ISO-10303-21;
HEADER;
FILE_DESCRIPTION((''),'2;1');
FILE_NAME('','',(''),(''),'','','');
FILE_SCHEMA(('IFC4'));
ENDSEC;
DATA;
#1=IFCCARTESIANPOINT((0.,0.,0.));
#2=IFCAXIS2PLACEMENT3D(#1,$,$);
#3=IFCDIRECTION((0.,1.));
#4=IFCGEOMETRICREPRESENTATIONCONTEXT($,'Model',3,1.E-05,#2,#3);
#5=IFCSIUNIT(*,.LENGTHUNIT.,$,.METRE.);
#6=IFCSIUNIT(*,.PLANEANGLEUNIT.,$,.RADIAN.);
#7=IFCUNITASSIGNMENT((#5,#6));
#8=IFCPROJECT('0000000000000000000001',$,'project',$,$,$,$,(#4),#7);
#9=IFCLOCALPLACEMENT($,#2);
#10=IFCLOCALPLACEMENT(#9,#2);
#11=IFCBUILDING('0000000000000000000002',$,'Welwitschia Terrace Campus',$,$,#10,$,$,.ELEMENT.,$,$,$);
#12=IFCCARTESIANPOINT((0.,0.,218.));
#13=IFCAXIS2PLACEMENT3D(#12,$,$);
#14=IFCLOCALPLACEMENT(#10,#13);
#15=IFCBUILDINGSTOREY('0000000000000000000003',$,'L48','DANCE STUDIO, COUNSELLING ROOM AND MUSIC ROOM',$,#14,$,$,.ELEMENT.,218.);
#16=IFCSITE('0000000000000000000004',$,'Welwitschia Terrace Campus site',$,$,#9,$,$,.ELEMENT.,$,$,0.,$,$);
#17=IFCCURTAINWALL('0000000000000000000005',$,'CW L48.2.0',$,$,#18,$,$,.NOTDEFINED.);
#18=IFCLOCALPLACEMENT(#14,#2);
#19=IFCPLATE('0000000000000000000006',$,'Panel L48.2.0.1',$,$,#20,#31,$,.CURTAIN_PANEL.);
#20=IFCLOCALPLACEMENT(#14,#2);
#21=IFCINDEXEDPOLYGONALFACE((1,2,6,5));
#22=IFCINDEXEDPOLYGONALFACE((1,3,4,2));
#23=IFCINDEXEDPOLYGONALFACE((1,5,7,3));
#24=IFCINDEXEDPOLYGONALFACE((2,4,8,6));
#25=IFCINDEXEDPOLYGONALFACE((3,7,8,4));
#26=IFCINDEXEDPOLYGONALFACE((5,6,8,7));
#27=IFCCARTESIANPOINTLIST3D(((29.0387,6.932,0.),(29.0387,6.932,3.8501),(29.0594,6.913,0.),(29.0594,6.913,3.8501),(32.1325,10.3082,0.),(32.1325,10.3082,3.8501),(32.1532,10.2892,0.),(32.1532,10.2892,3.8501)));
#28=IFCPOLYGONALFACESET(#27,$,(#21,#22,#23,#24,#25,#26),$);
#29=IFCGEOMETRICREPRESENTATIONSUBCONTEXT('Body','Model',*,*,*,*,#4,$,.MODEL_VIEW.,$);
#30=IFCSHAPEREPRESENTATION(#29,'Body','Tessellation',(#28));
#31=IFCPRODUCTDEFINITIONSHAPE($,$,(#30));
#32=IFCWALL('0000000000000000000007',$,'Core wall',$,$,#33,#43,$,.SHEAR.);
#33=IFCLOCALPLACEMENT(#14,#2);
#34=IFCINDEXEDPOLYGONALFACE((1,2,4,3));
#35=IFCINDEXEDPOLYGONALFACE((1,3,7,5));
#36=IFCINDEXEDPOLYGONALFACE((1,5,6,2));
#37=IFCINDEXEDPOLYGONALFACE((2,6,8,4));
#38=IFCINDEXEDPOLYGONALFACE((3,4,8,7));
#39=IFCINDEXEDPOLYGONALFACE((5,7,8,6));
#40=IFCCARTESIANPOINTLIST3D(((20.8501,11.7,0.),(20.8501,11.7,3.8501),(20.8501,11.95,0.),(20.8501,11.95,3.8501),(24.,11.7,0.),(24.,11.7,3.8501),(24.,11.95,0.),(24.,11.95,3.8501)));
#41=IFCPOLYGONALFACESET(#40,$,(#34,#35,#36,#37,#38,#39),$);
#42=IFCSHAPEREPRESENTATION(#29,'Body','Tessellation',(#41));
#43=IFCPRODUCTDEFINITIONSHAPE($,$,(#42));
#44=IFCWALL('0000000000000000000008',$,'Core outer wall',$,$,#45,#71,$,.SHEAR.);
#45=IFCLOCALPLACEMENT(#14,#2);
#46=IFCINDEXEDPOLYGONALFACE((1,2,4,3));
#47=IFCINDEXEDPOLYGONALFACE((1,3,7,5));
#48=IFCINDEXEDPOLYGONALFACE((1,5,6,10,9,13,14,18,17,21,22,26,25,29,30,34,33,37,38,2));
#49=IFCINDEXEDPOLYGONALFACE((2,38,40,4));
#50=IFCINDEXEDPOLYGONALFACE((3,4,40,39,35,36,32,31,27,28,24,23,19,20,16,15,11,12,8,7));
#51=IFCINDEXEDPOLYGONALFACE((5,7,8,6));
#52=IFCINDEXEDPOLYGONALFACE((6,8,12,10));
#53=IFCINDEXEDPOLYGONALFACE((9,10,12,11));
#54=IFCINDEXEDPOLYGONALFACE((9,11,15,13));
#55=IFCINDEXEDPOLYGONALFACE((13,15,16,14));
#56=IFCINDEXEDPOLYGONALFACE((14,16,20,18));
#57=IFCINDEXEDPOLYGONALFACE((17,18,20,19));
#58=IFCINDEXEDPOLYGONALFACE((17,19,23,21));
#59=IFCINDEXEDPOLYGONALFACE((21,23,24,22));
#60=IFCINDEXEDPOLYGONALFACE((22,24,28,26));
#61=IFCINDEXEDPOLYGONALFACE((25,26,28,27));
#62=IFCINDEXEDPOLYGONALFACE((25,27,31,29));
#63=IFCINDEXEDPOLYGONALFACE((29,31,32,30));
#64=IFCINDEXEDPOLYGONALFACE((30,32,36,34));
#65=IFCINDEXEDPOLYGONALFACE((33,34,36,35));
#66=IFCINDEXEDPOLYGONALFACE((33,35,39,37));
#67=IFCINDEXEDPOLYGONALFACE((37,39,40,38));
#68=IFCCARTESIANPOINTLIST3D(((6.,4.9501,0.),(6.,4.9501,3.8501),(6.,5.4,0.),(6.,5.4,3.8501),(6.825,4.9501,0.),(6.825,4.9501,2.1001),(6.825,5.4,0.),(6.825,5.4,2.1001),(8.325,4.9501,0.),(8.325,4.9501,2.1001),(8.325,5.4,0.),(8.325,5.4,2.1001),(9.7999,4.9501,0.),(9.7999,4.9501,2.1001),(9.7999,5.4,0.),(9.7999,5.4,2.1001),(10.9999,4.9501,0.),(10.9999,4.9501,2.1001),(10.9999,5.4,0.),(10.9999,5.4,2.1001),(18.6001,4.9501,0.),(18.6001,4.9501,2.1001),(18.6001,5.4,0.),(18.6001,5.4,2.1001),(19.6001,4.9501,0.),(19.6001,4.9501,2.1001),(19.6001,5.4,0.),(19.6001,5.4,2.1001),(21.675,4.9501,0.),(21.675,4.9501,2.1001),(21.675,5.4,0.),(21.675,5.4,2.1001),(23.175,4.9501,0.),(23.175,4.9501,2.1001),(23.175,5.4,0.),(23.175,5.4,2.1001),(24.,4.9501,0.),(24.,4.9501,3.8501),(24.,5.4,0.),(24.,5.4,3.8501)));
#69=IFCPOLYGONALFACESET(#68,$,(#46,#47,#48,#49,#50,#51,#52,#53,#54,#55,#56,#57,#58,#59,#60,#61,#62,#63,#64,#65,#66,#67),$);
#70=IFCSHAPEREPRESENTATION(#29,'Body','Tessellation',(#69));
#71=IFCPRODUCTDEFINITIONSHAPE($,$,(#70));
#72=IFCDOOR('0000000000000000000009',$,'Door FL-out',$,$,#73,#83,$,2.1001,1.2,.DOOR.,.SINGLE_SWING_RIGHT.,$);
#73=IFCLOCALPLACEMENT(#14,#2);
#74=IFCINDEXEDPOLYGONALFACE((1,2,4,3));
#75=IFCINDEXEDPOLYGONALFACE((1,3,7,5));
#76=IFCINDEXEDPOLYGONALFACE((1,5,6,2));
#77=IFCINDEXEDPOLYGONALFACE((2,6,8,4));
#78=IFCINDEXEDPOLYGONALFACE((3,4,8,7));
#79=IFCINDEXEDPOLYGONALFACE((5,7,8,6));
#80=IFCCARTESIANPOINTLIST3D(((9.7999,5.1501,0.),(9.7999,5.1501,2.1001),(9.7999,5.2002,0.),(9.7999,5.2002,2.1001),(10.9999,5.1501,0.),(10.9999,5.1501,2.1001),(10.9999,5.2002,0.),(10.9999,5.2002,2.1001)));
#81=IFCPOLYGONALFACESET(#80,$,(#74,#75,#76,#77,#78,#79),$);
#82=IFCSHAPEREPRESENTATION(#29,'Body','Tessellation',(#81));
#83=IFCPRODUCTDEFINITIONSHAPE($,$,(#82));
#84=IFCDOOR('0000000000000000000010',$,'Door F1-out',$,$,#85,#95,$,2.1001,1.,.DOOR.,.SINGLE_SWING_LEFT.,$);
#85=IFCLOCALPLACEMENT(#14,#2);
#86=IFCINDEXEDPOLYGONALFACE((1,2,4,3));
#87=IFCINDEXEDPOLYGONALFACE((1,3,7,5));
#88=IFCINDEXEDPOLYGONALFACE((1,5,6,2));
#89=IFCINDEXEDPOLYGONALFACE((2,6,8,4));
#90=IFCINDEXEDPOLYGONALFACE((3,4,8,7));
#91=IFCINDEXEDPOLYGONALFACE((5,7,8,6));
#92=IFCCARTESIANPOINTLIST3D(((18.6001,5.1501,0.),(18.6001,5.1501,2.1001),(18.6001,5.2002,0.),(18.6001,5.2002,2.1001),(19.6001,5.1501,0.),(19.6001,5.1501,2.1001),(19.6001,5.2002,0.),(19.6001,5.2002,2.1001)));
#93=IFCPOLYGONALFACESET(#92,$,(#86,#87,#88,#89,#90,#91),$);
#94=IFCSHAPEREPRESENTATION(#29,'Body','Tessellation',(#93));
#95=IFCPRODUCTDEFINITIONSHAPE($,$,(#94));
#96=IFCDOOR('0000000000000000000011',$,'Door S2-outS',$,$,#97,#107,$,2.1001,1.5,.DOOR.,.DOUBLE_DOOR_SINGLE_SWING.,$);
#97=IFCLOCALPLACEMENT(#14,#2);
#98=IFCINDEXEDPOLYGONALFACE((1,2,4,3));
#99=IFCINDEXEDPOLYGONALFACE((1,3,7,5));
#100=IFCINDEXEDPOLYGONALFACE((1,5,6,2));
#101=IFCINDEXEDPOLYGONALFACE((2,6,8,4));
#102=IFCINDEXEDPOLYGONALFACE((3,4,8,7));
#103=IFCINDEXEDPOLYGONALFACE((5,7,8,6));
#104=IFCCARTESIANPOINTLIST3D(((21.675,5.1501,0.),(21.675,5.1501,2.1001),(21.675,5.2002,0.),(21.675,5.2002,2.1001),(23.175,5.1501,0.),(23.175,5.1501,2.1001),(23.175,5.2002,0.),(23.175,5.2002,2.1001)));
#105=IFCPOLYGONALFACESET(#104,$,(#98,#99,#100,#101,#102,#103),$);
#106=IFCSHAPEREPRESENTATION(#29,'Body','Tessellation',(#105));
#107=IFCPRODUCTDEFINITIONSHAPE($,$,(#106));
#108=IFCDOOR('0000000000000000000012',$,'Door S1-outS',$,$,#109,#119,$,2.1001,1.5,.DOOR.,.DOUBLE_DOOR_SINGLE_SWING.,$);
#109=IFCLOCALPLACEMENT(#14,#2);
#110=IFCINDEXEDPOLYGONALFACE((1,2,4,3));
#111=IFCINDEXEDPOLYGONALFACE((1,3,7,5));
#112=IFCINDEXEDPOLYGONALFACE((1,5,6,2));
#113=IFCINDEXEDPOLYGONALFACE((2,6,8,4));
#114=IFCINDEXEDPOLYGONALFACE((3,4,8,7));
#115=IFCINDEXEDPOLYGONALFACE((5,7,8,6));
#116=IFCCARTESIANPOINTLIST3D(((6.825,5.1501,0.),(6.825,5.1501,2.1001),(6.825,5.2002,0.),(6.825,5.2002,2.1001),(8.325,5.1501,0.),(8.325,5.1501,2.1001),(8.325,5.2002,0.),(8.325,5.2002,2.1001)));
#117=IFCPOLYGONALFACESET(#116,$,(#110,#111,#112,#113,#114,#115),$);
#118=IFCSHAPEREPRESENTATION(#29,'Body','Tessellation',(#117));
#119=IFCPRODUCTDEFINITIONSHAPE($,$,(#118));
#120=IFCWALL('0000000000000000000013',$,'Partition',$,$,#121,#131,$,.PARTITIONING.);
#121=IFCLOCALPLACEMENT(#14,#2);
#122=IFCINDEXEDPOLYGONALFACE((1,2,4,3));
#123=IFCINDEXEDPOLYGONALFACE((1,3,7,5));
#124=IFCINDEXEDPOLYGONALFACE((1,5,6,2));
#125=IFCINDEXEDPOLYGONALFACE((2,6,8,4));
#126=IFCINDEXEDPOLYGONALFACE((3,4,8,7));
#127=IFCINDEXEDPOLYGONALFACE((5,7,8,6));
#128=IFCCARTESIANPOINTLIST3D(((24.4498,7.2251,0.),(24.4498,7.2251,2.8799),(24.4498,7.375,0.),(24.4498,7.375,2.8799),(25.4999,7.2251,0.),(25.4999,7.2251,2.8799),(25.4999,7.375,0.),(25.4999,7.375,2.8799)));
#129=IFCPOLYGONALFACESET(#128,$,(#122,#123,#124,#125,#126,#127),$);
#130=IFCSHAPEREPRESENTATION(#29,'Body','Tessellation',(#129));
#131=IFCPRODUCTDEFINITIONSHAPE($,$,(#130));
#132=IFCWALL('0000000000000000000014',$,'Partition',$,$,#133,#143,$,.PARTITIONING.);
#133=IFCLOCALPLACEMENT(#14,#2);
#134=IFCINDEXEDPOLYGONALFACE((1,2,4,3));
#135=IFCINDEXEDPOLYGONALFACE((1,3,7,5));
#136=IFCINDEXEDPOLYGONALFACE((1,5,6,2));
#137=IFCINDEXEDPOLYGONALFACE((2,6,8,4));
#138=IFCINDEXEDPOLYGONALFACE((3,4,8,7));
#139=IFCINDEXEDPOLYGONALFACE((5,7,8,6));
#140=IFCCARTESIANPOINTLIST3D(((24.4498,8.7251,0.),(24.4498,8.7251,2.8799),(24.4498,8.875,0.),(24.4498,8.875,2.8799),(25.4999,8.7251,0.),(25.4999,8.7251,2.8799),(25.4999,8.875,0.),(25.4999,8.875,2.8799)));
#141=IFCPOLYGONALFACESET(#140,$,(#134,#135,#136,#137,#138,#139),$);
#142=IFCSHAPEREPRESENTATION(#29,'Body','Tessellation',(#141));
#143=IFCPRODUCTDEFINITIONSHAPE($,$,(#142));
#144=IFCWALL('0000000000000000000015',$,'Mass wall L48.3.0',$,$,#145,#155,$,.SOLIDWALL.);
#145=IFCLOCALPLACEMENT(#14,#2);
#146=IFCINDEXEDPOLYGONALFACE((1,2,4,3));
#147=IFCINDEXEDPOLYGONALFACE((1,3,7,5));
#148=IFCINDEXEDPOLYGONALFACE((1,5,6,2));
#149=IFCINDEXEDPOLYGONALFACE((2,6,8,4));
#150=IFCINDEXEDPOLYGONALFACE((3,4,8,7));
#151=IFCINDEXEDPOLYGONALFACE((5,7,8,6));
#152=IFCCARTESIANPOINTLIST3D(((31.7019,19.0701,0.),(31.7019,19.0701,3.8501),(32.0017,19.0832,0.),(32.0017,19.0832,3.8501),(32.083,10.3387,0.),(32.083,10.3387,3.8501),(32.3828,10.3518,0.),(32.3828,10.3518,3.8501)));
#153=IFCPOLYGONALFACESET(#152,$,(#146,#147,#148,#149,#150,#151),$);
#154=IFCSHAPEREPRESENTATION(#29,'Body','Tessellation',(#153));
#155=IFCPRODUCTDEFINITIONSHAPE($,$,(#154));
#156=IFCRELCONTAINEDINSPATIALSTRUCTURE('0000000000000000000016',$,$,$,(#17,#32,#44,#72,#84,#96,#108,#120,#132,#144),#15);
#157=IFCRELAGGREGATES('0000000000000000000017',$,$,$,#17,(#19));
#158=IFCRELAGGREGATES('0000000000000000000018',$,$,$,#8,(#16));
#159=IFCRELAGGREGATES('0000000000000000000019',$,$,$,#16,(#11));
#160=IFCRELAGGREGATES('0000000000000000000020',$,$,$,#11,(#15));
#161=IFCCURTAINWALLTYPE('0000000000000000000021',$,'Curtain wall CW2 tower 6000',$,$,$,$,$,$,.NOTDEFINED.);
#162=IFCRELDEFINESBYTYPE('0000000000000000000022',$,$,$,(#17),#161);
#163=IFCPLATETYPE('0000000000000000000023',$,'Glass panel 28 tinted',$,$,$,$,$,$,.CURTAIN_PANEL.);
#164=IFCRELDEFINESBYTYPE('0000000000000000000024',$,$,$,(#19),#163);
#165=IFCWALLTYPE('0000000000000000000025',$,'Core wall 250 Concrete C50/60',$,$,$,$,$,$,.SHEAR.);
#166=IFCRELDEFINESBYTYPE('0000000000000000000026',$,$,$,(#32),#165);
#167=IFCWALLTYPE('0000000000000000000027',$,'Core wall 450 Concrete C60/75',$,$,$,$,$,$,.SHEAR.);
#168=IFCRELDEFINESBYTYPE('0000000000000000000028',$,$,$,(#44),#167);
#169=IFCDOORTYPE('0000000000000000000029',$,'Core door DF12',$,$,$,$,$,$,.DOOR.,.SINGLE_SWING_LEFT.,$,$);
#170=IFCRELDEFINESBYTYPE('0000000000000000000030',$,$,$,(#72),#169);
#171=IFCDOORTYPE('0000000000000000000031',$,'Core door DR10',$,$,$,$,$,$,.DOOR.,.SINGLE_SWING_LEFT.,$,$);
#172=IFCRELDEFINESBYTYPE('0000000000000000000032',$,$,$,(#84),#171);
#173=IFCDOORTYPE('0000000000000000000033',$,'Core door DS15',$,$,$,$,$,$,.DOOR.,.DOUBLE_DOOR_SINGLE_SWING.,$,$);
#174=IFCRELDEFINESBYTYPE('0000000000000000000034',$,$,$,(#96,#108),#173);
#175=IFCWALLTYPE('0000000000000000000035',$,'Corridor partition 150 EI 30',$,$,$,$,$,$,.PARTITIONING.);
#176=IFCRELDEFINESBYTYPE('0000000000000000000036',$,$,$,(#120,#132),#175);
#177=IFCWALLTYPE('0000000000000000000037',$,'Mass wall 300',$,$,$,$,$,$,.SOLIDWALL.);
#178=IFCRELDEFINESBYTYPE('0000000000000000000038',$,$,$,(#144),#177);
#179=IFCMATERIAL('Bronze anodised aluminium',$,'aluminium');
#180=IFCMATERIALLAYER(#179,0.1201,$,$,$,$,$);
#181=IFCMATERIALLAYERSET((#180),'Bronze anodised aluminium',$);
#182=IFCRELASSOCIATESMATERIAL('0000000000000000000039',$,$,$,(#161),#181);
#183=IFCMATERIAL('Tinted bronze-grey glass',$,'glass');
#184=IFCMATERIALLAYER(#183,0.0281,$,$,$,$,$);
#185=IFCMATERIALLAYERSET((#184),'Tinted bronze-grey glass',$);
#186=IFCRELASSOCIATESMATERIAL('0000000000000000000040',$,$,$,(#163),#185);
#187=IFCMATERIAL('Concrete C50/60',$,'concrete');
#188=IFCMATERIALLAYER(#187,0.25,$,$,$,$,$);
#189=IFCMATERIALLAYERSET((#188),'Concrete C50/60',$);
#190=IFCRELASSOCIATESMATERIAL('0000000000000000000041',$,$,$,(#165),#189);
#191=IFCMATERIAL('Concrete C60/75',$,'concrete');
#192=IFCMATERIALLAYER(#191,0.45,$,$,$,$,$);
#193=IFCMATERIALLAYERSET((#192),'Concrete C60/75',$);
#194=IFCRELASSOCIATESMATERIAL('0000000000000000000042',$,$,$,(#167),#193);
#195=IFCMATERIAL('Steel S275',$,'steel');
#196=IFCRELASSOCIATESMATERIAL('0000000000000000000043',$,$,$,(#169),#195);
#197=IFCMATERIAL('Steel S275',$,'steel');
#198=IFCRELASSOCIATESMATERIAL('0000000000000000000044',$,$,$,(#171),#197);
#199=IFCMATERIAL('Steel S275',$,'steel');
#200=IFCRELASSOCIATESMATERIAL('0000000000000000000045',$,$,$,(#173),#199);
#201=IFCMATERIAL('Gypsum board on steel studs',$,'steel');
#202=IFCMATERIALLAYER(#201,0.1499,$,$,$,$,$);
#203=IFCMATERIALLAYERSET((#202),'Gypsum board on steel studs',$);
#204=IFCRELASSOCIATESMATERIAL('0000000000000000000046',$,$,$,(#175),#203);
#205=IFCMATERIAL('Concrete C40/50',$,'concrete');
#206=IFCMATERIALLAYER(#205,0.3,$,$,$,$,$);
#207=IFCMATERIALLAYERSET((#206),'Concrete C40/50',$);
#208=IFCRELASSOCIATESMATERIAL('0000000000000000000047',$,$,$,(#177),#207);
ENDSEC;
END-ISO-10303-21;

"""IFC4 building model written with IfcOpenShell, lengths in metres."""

from ifc_helpers import new_model, si_unit, direction, frame, frame_2d, origin, origin_2d, place, context, subcontext, project, spatial, rectangle, extrude, material, layer, layer_set, type_object, element, fill, aggregate, save


model = new_model("IFC4")

# Units and contexts
model_context = context("Model", 3, precision=1e-05, world=origin(), true_north=direction((0.0, 1.0)))
body_context = subcontext(model_context, "Body", "Model", "MODEL_VIEW")
ifc_project = project(units=[si_unit("LENGTHUNIT", "METRE"), si_unit("PLANEANGLEUNIT", "RADIAN")], contexts=[model_context])

# Site, building, storey
site_placement = place(None, origin())
site = spatial("IfcSite", under=ifc_project, at=site_placement, Name="Welwitschia Terrace Campus site", CompositionType="ELEMENT", RefElevation=0.0)
building_placement = place(site_placement, origin())
building = spatial("IfcBuilding", under=site, at=building_placement, Name="Welwitschia Terrace Campus", CompositionType="ELEMENT")
storey_placement = place(building_placement, frame((0.0, 0.0, 218.0)))
storey = spatial("IfcBuildingStorey", under=building, at=storey_placement, Name="L48", Description="DANCE STUDIO, COUNSELLING ROOM AND MUSIC ROOM", CompositionType="ELEMENT", Elevation=218.0)

# Curtain wall
ifc_material_1 = material(Name="Bronze anodised aluminium", Category="aluminium")
ifc_layer_1 = layer(ifc_material_1, 0.1201)
ifc_layer_set_1 = layer_set([ifc_layer_1], Name="Bronze anodised aluminium")
curtain_wall_type = type_object("IfcCurtainWallType", Name="Curtain wall CW2 tower 6000", PredefinedType="NOTDEFINED", material=ifc_layer_set_1)
curtain_wall_placement = place(storey_placement, origin())
curtain_wall = element("IfcCurtainWall", 1, at=curtain_wall_placement, inside=storey, type_object=curtain_wall_type, Name="CW L48.2.0", PredefinedType="NOTDEFINED")

# Plate
ifc_material_2 = material(Name="Tinted bronze-grey glass", Category="glass")
ifc_layer_2 = layer(ifc_material_2, 0.0281)
ifc_layer_set_2 = layer_set([ifc_layer_2], Name="Tinted bronze-grey glass")
plate_type = type_object("IfcPlateType", Name="Glass panel 28 tinted", PredefinedType="CURTAIN_PANEL", material=ifc_layer_set_2)
plate_1_placement = place(storey_placement, frame((30.5959, 8.6106, 0.0), z_axis=(0.0, 0.0, 1.0), x_axis=(0.67559, 0.737277, 0.0)))
plate_1 = element("IfcPlate", 2, at=plate_1_placement, type_object=plate_type, Name="Panel L48.2.0.1", PredefinedType="CURTAIN_PANEL", context=body_context, shape_type="SweptSolid", body=[
    extrude(rectangle(XDim=4.5793, YDim=0.0281, at=origin_2d()), origin(), (0.0, 0.0, 1.0), 3.8501),
])
aggregate(curtain_wall, [plate_1])

# Wall
ifc_material_3 = material(Name="Concrete C50/60", Category="concrete")
ifc_layer_3 = layer(ifc_material_3, 0.25)
ifc_layer_set_3 = layer_set([ifc_layer_3], Name="Concrete C50/60")
wall_type_1 = type_object("IfcWallType", Name="Core wall 250 Concrete C50/60", PredefinedType="SHEAR", material=ifc_layer_set_3)
wall_1_placement = place(storey_placement, frame((20.8501, 11.825, 0.0), z_axis=(0.0, 0.0, 1.0), x_axis=(1.0, 0.0, 0.0)))
element("IfcWall", 3, at=wall_1_placement, inside=storey, type_object=wall_type_1, Name="Core wall", PredefinedType="SHEAR", context=body_context, shape_type="SweptSolid", body=[
    extrude(rectangle(XDim=3.1499, YDim=0.25, at=frame_2d((1.575, 0.0))), origin(), (0.0, 0.0, 1.0), 3.8501),
])

# Wall, openings, doors
ifc_material_4 = material(Name="Concrete C60/75", Category="concrete")
ifc_layer_4 = layer(ifc_material_4, 0.45)
ifc_layer_set_4 = layer_set([ifc_layer_4], Name="Concrete C60/75")
wall_type_2 = type_object("IfcWallType", Name="Core wall 450 Concrete C60/75", PredefinedType="SHEAR", material=ifc_layer_set_4)
wall_2_placement = place(storey_placement, frame((24.0, 5.175, 0.0), z_axis=(0.0, 0.0, 1.0), x_axis=(-1.0, 0.0, 0.0)))
wall_2 = element("IfcWall", 4, at=wall_2_placement, inside=storey, type_object=wall_type_2, Name="Core outer wall", PredefinedType="SHEAR", context=body_context, shape_type="SweptSolid", body=[
    extrude(rectangle(XDim=18.0, YDim=0.45, at=frame_2d((9.0, 0.0))), origin(), (0.0, 0.0, 1.0), 3.8501),
])
opening_1_placement = place(wall_2_placement, frame((0.825, 0.0, 0.0)))
opening_1 = element("IfcOpeningElement", 5, at=opening_1_placement, cuts=wall_2, PredefinedType="OPENING", context=body_context, shape_type="SweptSolid", body=[
    extrude(rectangle(XDim=1.5, YDim=2.1001, at=frame_2d((0.75, 1.05))), frame((0.0, 0.2349, 0.0), z_axis=(0.0, -1.0, 0.0), x_axis=(1.0, 0.0, 0.0)), (0.0, 0.0, 1.0), 0.47),
])
opening_2_placement = place(wall_2_placement, frame((15.675, 0.0, 0.0)))
opening_2 = element("IfcOpeningElement", 6, at=opening_2_placement, cuts=wall_2, PredefinedType="OPENING", context=body_context, shape_type="SweptSolid", body=[
    extrude(rectangle(XDim=1.5, YDim=2.1001, at=frame_2d((0.75, 1.05))), frame((0.0, 0.2349, 0.0), z_axis=(0.0, -1.0, 0.0), x_axis=(1.0, 0.0, 0.0)), (0.0, 0.0, 1.0), 0.47),
])
opening_3_placement = place(wall_2_placement, frame((13.0, 0.0, 0.0)))
opening_3 = element("IfcOpeningElement", 7, at=opening_3_placement, cuts=wall_2, PredefinedType="OPENING", context=body_context, shape_type="SweptSolid", body=[
    extrude(rectangle(XDim=1.2, YDim=2.1001, at=frame_2d((0.6001, 1.05))), frame((0.0, 0.2349, 0.0), z_axis=(0.0, -1.0, 0.0), x_axis=(1.0, 0.0, 0.0)), (0.0, 0.0, 1.0), 0.47),
])
opening_4_placement = place(wall_2_placement, frame((4.3999, 0.0, 0.0)))
opening_4 = element("IfcOpeningElement", 8, at=opening_4_placement, cuts=wall_2, PredefinedType="OPENING", context=body_context, shape_type="SweptSolid", body=[
    extrude(rectangle(XDim=1.0, YDim=2.1001, at=frame_2d((0.5, 1.05))), frame((0.0, 0.2349, 0.0), z_axis=(0.0, -1.0, 0.0), x_axis=(1.0, 0.0, 0.0)), (0.0, 0.0, 1.0), 0.47),
])
ifc_material_5 = material(Name="Steel S275", Category="steel")
door_type_1 = type_object("IfcDoorType", Name="Core door DF12", OperationType="SINGLE_SWING_LEFT", PredefinedType="DOOR", material=ifc_material_5)
door_1_placement = place(opening_3_placement, origin())
door_1 = element("IfcDoor", 9, at=door_1_placement, inside=storey, type_object=door_type_1, Name="Door FL-out", OperationType="SINGLE_SWING_RIGHT", OverallHeight=2.1001, OverallWidth=1.2, PredefinedType="DOOR", context=body_context, shape_type="SweptSolid", body=[
    extrude(rectangle(XDim=1.2, YDim=2.1001, at=frame_2d((0.6001, 1.05))), frame((0.0, 0.0249, 0.0), z_axis=(0.0, -1.0, 0.0), x_axis=(1.0, 0.0, 0.0)), (0.0, 0.0, 1.0), 0.05),
])
fill(opening_3, door_1)
ifc_material_6 = material(Name="Steel S275", Category="steel")
door_type_2 = type_object("IfcDoorType", Name="Core door DR10", OperationType="SINGLE_SWING_LEFT", PredefinedType="DOOR", material=ifc_material_6)
door_2_placement = place(opening_4_placement, origin())
door_2 = element("IfcDoor", 10, at=door_2_placement, inside=storey, type_object=door_type_2, Name="Door F1-out", OperationType="SINGLE_SWING_LEFT", OverallHeight=2.1001, OverallWidth=1.0, PredefinedType="DOOR", context=body_context, shape_type="SweptSolid", body=[
    extrude(rectangle(XDim=1.0, YDim=2.1001, at=frame_2d((0.5, 1.05))), frame((0.0, 0.0249, 0.0), z_axis=(0.0, -1.0, 0.0), x_axis=(1.0, 0.0, 0.0)), (0.0, 0.0, 1.0), 0.05),
])
fill(opening_4, door_2)
ifc_material_7 = material(Name="Steel S275", Category="steel")
door_type_3 = type_object("IfcDoorType", Name="Core door DS15", OperationType="DOUBLE_DOOR_SINGLE_SWING", PredefinedType="DOOR", material=ifc_material_7)
door_3_placement = place(opening_1_placement, origin())
door_3 = element("IfcDoor", 11, at=door_3_placement, inside=storey, type_object=door_type_3, Name="Door S2-outS", OperationType="DOUBLE_DOOR_SINGLE_SWING", OverallHeight=2.1001, OverallWidth=1.5, PredefinedType="DOOR", context=body_context, shape_type="SweptSolid", body=[
    extrude(rectangle(XDim=1.5, YDim=2.1001, at=frame_2d((0.75, 1.05))), frame((0.0, 0.0249, 0.0), z_axis=(0.0, -1.0, 0.0), x_axis=(1.0, 0.0, 0.0)), (0.0, 0.0, 1.0), 0.05),
])
fill(opening_1, door_3)
door_4_placement = place(opening_2_placement, origin())
door_4 = element("IfcDoor", 12, at=door_4_placement, inside=storey, type_object=door_type_3, Name="Door S1-outS", OperationType="DOUBLE_DOOR_SINGLE_SWING", OverallHeight=2.1001, OverallWidth=1.5, PredefinedType="DOOR", context=body_context, shape_type="SweptSolid", body=[
    extrude(rectangle(XDim=1.5, YDim=2.1001, at=frame_2d((0.75, 1.05))), frame((0.0, 0.0249, 0.0), z_axis=(0.0, -1.0, 0.0), x_axis=(1.0, 0.0, 0.0)), (0.0, 0.0, 1.0), 0.05),
])
fill(opening_2, door_4)

# Walls
ifc_material_8 = material(Name="Gypsum board on steel studs", Category="steel")
ifc_layer_5 = layer(ifc_material_8, 0.1499)
ifc_layer_set_5 = layer_set([ifc_layer_5], Name="Gypsum board on steel studs")
wall_type_3 = type_object("IfcWallType", Name="Corridor partition 150 EI 30", PredefinedType="PARTITIONING", material=ifc_layer_set_5)
for number, where, z_axis, x_axis, name in (
    (13, (24.45, 7.3, 0.0), (0.0, 0.0, 1.0), (1.0, 0.0, 0.0), "Partition"),
    (14, (24.45, 8.8, 0.0), (0.0, 0.0, 1.0), (1.0, 0.0, 0.0), "Partition"),
):
    element("IfcWall", number, at=place(storey_placement, frame(where, z_axis=z_axis, x_axis=x_axis)), inside=storey, type_object=wall_type_3, Name=name, PredefinedType="PARTITIONING", context=body_context, shape_type="SweptSolid", body=[
        extrude(rectangle(XDim=1.05, YDim=0.1499, at=frame_2d((0.5249, 0.0))), origin(), (0.0, 0.0, 1.0), 2.8799),
    ])
ifc_material_9 = material(Name="Concrete C40/50", Category="concrete")
ifc_layer_6 = layer(ifc_material_9, 0.3)
ifc_layer_set_6 = layer_set([ifc_layer_6], Name="Concrete C40/50")
wall_type_4 = type_object("IfcWallType", Name="Mass wall 300", PredefinedType="SOLIDWALL", material=ifc_layer_set_6)
wall_3_placement = place(storey_placement, frame((32.2329, 10.3452, 0.0), z_axis=(0.0, 0.0, 1.0), x_axis=(-0.043606, 0.999049, 0.0)))
element("IfcWall", 15, at=wall_3_placement, inside=storey, type_object=wall_type_4, Name="Mass wall L48.3.0", PredefinedType="SOLIDWALL", context=body_context, shape_type="SweptSolid", body=[
    extrude(rectangle(XDim=8.7397, YDim=0.3, at=frame_2d((4.3699, 0.0))), origin(), (0.0, 0.0, 1.0), 3.8501),
])

save(model, "model.ifc")
